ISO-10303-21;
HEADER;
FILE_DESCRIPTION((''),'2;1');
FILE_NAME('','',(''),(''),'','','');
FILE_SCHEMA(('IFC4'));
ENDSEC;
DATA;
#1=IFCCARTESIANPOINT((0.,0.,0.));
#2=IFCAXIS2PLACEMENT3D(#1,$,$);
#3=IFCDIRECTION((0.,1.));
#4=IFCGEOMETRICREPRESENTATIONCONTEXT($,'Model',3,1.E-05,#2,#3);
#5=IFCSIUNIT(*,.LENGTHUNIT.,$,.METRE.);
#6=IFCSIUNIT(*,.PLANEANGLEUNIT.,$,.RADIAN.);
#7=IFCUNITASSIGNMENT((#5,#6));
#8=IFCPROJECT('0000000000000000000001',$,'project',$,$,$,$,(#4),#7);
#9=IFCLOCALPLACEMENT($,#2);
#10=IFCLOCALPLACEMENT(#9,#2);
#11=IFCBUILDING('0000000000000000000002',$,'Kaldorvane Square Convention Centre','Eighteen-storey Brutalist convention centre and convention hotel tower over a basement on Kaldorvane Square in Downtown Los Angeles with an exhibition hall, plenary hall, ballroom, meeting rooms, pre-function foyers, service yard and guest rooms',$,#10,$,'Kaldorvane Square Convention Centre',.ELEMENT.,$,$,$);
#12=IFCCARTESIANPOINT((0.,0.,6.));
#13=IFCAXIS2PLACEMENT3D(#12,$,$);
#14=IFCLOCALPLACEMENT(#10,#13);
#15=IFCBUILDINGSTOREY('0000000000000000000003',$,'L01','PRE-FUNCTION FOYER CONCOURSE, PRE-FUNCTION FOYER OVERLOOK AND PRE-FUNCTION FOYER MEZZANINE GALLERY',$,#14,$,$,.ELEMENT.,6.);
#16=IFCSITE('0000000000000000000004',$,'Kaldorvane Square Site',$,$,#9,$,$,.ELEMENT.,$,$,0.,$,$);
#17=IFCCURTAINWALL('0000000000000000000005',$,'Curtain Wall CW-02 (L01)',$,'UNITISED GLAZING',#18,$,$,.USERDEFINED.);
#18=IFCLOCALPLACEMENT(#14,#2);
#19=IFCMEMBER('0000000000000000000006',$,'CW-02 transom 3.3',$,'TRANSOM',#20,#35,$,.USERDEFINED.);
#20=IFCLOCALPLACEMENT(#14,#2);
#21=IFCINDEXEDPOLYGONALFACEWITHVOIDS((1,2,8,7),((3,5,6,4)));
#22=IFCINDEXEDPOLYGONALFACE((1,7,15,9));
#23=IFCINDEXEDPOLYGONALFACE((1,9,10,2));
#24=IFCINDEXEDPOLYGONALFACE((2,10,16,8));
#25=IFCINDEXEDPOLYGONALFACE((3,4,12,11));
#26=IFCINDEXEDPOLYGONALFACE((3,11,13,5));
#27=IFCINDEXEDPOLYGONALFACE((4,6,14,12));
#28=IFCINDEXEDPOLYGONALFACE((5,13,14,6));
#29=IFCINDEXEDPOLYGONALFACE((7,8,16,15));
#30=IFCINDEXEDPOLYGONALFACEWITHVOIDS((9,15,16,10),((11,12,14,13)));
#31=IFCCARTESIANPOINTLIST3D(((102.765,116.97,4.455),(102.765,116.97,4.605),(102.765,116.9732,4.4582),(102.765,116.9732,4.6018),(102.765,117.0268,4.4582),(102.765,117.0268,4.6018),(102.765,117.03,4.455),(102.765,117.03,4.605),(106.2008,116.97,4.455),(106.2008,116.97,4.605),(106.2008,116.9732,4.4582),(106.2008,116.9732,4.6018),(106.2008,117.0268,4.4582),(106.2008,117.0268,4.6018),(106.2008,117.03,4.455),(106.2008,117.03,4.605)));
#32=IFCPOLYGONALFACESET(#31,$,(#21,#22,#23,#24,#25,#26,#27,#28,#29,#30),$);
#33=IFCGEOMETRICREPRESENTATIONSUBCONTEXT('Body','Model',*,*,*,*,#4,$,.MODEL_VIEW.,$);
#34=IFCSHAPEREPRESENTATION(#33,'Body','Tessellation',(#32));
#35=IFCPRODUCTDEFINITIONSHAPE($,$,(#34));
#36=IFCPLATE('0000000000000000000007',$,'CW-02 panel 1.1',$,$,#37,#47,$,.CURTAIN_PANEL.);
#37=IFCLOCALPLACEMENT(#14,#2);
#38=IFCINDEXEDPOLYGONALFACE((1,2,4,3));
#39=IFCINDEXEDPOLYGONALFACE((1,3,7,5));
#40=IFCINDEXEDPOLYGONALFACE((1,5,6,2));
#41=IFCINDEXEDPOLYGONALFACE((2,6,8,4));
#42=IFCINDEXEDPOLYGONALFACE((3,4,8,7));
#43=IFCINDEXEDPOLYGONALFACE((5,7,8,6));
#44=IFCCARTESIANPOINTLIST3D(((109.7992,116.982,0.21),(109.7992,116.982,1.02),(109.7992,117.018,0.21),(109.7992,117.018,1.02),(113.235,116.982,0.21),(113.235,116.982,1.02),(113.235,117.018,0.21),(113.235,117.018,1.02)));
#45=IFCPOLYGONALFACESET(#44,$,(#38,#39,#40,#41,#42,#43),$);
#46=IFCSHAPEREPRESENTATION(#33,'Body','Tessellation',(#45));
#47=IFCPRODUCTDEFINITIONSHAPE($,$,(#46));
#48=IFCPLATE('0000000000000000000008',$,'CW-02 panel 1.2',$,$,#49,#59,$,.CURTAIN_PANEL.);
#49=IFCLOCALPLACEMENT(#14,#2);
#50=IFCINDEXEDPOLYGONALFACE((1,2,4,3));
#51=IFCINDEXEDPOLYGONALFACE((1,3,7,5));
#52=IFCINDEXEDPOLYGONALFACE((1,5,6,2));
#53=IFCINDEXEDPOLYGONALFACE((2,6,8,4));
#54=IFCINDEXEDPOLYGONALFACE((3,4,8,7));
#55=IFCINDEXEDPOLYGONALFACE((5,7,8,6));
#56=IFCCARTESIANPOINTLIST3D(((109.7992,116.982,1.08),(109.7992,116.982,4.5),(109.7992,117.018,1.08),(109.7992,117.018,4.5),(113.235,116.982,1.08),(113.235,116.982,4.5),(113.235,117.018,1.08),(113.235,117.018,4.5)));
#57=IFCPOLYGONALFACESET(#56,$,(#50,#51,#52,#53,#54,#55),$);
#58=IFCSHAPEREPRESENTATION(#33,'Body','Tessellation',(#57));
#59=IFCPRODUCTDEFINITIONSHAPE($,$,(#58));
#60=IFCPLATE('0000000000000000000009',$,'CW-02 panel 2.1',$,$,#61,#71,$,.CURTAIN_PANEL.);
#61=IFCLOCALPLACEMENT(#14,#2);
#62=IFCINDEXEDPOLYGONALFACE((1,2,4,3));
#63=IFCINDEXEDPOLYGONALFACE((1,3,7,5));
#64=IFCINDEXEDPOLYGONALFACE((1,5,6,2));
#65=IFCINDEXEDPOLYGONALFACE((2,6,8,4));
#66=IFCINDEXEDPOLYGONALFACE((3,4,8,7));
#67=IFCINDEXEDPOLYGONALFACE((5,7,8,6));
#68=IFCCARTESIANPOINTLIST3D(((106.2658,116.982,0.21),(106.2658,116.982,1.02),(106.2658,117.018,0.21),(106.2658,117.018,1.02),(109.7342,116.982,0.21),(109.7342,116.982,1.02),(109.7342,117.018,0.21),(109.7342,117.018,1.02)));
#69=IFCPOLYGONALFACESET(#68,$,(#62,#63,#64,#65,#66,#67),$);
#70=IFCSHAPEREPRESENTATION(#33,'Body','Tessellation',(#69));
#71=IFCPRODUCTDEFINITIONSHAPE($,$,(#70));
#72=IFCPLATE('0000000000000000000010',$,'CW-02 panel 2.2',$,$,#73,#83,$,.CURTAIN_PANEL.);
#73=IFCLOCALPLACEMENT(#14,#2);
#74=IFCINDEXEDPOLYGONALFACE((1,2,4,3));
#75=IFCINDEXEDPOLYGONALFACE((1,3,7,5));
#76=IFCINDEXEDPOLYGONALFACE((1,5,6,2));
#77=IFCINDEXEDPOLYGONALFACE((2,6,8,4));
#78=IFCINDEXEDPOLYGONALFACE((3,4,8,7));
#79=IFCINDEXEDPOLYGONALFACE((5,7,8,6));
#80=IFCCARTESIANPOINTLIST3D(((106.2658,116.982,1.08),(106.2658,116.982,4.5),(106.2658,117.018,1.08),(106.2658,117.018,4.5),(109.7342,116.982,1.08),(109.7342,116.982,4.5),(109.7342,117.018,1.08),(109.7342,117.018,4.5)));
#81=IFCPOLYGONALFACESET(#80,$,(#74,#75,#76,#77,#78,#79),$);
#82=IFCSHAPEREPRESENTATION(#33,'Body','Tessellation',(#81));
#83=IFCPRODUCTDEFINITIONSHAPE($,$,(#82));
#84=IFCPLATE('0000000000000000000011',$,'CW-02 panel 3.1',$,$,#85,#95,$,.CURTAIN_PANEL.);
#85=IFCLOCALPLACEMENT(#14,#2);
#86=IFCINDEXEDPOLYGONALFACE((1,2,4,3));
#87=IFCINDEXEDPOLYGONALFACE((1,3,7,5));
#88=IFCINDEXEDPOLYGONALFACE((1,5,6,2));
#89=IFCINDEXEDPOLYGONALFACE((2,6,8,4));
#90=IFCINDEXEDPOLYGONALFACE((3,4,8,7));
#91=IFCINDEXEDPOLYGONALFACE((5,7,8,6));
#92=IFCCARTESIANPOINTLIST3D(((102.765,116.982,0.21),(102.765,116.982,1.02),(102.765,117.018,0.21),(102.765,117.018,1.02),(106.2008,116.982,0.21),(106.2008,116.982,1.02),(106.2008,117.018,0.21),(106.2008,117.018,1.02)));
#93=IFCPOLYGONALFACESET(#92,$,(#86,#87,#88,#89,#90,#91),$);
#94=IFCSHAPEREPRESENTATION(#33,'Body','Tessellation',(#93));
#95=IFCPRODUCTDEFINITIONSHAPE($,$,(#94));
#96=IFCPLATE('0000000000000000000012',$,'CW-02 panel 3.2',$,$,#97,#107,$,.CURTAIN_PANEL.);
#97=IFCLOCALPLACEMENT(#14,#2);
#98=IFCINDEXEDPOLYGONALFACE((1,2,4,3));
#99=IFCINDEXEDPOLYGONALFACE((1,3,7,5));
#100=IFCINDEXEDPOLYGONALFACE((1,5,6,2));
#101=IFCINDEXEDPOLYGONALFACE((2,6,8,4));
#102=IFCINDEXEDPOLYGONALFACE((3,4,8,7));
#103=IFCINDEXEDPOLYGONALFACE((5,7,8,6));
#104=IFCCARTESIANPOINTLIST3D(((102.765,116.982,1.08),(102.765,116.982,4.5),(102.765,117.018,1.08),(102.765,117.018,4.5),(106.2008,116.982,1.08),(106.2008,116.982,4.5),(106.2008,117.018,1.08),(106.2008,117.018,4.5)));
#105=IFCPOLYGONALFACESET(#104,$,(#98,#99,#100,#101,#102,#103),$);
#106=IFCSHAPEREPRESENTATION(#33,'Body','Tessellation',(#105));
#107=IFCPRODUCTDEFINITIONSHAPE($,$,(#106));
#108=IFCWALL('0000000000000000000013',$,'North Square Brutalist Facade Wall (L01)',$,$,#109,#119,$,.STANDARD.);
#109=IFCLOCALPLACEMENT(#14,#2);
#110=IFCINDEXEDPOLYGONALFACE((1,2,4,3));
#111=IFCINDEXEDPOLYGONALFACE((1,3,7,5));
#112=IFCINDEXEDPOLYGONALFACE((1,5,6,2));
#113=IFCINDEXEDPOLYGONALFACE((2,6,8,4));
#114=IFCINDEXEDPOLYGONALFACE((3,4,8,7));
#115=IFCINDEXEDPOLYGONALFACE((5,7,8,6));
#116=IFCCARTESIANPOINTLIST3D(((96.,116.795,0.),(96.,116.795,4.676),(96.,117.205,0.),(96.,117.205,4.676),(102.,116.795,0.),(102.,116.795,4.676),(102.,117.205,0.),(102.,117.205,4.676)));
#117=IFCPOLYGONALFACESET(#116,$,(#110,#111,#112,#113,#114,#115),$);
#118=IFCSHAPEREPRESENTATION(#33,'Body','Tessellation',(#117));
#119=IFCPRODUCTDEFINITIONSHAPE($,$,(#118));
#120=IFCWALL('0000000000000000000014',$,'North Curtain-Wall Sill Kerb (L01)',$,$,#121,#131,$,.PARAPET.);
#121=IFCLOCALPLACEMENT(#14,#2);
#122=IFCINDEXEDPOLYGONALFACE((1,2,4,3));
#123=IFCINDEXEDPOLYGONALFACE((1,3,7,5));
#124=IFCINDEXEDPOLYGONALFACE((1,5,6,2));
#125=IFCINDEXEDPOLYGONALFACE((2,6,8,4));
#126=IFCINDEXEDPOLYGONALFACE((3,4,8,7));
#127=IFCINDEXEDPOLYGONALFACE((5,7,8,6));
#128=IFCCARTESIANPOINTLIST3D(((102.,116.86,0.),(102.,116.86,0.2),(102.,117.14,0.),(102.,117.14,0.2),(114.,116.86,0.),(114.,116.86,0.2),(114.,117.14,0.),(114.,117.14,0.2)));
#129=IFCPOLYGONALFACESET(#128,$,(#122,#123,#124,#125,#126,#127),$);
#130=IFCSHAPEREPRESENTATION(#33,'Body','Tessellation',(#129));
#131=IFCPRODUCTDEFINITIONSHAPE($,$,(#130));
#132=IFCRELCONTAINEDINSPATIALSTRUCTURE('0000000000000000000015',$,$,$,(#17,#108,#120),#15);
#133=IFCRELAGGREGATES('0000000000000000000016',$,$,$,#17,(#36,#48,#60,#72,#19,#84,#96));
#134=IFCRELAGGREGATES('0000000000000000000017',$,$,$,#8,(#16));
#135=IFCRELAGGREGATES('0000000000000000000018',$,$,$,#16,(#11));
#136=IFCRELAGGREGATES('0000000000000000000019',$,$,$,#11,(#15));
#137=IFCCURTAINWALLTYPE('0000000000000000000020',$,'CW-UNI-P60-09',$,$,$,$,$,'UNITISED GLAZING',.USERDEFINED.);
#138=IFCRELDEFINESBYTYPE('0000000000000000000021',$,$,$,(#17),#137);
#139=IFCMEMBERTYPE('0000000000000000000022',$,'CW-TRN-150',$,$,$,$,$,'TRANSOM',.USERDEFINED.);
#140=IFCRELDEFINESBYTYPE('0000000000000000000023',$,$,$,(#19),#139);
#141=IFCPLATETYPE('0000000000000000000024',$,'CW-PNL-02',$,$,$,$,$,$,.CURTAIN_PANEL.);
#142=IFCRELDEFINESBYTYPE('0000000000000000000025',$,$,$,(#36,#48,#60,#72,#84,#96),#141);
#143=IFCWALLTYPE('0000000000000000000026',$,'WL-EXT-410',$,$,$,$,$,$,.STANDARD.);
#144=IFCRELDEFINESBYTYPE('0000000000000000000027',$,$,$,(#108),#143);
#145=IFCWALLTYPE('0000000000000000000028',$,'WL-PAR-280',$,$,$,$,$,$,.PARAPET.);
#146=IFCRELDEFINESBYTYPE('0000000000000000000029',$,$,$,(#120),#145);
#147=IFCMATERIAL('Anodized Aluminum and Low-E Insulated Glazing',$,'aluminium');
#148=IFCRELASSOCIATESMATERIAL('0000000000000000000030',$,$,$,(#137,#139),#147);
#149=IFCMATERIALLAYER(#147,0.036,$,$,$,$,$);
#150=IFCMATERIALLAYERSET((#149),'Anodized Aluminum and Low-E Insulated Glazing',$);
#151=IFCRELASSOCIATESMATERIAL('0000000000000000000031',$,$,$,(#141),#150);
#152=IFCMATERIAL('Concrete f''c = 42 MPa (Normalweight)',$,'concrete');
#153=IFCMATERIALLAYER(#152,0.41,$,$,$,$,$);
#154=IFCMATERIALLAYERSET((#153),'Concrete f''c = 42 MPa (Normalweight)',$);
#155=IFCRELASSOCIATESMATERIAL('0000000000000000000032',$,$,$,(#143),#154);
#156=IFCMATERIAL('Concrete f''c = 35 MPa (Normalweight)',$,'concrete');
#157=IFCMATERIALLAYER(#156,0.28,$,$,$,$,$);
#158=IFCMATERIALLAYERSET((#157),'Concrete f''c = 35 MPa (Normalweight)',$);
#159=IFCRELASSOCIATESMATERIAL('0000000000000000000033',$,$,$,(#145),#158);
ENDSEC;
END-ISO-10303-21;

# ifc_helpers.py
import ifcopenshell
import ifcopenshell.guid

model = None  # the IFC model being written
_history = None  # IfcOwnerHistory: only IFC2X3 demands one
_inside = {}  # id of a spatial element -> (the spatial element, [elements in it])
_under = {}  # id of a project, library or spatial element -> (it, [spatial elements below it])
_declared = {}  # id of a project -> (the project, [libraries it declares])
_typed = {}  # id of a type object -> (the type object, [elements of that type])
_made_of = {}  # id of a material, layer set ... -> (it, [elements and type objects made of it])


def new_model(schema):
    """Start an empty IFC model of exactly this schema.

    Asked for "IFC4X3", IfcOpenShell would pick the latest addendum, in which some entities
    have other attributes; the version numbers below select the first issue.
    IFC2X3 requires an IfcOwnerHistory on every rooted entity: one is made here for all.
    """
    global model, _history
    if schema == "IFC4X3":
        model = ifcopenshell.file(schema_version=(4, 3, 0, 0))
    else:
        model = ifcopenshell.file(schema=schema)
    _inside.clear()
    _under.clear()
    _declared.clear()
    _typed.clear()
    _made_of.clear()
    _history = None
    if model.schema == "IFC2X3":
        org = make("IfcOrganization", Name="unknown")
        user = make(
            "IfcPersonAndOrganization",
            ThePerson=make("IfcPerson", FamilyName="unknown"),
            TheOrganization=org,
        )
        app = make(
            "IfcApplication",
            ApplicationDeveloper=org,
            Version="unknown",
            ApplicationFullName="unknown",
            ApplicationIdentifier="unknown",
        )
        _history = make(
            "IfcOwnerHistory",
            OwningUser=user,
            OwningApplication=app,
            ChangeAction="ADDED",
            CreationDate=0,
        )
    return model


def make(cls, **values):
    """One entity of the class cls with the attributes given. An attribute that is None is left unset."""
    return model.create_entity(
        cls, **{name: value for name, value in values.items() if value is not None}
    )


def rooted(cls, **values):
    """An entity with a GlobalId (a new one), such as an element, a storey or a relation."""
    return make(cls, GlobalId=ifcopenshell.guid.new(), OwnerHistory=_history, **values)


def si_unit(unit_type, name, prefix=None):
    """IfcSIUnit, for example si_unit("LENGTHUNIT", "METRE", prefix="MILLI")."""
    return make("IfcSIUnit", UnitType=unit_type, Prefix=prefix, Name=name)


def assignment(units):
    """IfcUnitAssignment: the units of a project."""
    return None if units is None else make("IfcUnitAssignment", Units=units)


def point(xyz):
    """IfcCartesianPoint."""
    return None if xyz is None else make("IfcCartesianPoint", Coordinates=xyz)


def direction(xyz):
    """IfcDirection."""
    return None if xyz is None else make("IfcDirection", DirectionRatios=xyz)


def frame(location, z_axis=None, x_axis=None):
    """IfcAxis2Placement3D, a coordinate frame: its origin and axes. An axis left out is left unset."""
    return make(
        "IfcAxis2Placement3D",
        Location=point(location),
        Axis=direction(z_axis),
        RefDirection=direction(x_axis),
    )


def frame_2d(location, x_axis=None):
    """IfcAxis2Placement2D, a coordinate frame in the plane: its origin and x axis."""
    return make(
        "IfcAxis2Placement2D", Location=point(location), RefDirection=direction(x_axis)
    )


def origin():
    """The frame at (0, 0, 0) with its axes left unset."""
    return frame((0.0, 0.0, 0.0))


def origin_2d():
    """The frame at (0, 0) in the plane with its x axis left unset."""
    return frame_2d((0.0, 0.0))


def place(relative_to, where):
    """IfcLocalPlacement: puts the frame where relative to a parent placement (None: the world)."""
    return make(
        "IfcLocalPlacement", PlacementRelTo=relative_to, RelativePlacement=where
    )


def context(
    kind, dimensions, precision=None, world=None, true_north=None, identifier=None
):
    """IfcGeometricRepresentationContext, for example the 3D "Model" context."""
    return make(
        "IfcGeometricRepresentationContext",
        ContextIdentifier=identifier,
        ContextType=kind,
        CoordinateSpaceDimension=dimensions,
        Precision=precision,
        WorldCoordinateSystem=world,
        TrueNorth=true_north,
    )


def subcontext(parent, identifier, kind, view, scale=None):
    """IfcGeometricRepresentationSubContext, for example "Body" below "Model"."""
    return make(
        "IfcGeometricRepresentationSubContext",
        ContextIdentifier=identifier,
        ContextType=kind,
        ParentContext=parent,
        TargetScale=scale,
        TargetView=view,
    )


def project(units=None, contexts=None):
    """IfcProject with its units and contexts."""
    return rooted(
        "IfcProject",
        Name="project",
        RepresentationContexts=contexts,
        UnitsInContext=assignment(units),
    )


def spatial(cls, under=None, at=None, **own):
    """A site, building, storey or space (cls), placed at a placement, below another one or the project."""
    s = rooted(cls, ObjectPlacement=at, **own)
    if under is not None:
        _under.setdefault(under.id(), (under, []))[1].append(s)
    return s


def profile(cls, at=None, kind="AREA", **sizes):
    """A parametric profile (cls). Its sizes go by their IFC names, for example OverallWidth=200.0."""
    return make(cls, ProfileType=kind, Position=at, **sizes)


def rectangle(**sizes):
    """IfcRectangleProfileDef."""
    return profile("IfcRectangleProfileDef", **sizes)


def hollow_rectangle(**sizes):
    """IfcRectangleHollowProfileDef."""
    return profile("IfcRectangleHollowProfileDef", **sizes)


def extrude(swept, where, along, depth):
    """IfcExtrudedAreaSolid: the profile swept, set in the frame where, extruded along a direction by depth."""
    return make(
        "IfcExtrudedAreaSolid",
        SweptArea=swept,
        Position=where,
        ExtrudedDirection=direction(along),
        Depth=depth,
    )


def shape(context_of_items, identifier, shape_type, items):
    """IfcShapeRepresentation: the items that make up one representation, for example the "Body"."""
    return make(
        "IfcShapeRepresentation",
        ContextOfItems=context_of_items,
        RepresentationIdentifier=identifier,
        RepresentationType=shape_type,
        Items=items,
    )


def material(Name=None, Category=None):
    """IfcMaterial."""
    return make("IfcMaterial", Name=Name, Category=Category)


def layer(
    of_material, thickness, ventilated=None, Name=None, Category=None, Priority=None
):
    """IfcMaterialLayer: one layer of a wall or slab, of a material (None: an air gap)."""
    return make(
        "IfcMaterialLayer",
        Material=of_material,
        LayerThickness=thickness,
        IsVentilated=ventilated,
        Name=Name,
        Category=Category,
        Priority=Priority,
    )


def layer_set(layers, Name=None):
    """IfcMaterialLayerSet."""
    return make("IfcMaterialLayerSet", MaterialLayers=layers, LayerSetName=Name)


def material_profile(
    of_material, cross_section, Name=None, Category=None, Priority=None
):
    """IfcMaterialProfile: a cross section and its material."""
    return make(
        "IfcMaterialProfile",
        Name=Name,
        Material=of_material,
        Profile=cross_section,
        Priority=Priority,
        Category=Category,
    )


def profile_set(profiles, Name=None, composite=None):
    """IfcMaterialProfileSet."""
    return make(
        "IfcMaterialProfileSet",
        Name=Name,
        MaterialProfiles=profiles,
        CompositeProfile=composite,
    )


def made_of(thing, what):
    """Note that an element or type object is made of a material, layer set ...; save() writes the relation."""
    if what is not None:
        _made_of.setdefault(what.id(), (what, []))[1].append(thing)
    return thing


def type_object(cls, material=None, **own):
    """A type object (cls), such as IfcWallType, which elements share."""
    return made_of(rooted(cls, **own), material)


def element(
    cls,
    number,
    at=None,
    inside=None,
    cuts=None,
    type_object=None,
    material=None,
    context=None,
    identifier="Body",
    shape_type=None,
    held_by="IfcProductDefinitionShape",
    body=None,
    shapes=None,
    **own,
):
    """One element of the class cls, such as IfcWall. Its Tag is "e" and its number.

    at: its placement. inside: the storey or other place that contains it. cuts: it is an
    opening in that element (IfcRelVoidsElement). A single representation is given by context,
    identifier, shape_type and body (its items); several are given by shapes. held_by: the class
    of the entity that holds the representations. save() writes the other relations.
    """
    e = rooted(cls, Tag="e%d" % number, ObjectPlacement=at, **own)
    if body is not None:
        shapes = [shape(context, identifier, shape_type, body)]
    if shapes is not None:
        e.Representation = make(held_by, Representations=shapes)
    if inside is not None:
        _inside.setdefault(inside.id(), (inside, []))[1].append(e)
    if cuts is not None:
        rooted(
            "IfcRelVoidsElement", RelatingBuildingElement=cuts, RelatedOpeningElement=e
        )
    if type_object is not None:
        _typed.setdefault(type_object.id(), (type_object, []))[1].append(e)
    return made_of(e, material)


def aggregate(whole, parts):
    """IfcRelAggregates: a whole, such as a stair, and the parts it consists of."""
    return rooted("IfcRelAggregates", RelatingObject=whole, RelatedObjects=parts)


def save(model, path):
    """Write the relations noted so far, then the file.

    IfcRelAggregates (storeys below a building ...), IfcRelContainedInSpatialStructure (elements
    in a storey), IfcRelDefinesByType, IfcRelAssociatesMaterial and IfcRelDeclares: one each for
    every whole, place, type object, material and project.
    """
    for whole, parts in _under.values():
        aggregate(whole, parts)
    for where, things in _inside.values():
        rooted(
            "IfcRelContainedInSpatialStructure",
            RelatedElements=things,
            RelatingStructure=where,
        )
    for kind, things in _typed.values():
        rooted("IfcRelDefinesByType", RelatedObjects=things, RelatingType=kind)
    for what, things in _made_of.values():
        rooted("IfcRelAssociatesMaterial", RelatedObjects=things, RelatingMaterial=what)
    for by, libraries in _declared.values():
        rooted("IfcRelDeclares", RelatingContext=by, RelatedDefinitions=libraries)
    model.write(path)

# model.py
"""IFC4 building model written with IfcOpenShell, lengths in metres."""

from ifc_helpers import new_model, si_unit, direction, frame, frame_2d, origin, origin_2d, place, context, subcontext, project, spatial, rectangle, hollow_rectangle, extrude, material, layer, layer_set, material_profile, profile_set, type_object, element, aggregate, save


model = new_model("IFC4")

# Units and contexts
model_context = context("Model", 3, precision=1e-05, world=origin(), true_north=direction((0.0, 1.0)))
body_context = subcontext(model_context, "Body", "Model", "MODEL_VIEW")
ifc_project = project(units=[si_unit("LENGTHUNIT", "METRE"), si_unit("PLANEANGLEUNIT", "RADIAN")], contexts=[model_context])

# Site, building, storey
site_placement = place(None, origin())
site = spatial("IfcSite", under=ifc_project, at=site_placement, Name="Kaldorvane Square Site", CompositionType="ELEMENT", RefElevation=0.0)
building_placement = place(site_placement, origin())
building = spatial("IfcBuilding", under=site, at=building_placement, Name="Kaldorvane Square Convention Centre", Description="Eighteen-storey Brutalist convention centre and convention hotel tower over a basement on Kaldorvane Square in Downtown Los Angeles with an exhibition hall, plenary hall, ballroom, meeting rooms, pre-function foyers, service yard and guest rooms", LongName="Kaldorvane Square Convention Centre", CompositionType="ELEMENT")
storey_placement = place(building_placement, frame((0.0, 0.0, 6.0)))
storey = spatial("IfcBuildingStorey", under=building, at=storey_placement, Name="L01", Description="PRE-FUNCTION FOYER CONCOURSE, PRE-FUNCTION FOYER OVERLOOK AND PRE-FUNCTION FOYER MEZZANINE GALLERY", CompositionType="ELEMENT", Elevation=6.0)

# Shared definitions
ifc_material_1 = material(Name="Concrete f'c = 42 MPa (Normalweight)", Category="concrete")

# Curtain wall, member, plates
ifc_material_2 = material(Name="Anodized Aluminum and Low-E Insulated Glazing", Category="aluminium")
curtain_wall_type = type_object("IfcCurtainWallType", Name="CW-UNI-P60-09", ElementType="UNITISED GLAZING", PredefinedType="USERDEFINED", material=ifc_material_2)
curtain_wall_placement = place(storey_placement, origin())
curtain_wall = element("IfcCurtainWall", 1, at=curtain_wall_placement, inside=storey, type_object=curtain_wall_type, Name="Curtain Wall CW-02 (L01)", ObjectType="UNITISED GLAZING", PredefinedType="USERDEFINED")
ifc_material_profile_1 = material_profile(ifc_material_2, hollow_rectangle(XDim=0.06, YDim=0.15, WallThickness=0.0032, at=origin_2d()), Name="CWT-150X60")
ifc_profile_set_1 = profile_set([ifc_material_profile_1], Name="Anodized Aluminum and Low-E Insulated Glazing")
member_type_1 = type_object("IfcMemberType", Name="CW-TRN-150", ElementType="TRANSOM", PredefinedType="USERDEFINED", material=ifc_profile_set_1)
member_1_placement = place(storey_placement, frame((106.2008, 117.0, 4.53), z_axis=(-1.0, 0.0, 0.0), x_axis=(0.0, -1.0, 0.0)))
member_1 = element("IfcMember", 2, at=member_1_placement, type_object=member_type_1, Name="CW-02 transom 3.3", ObjectType="TRANSOM", PredefinedType="USERDEFINED", context=body_context, shape_type="SweptSolid", body=[
    extrude(hollow_rectangle(XDim=0.06, YDim=0.15, WallThickness=0.0032, at=origin_2d()), origin(), (0.0, 0.0, 1.0), 3.4358),
])
ifc_layer_1 = layer(ifc_material_2, 0.036)
ifc_layer_set_1 = layer_set([ifc_layer_1], Name="Anodized Aluminum and Low-E Insulated Glazing")
plate_type = type_object("IfcPlateType", Name="CW-PNL-02", PredefinedType="CURTAIN_PANEL", material=ifc_layer_set_1)
plate_1_placement = place(storey_placement, frame((111.5171, 117.0, 0.21), z_axis=(0.0, 0.0, 1.0), x_axis=(-1.0, 0.0, 0.0)))
plate_1 = element("IfcPlate", 3, at=plate_1_placement, type_object=plate_type, Name="CW-02 panel 1.1", PredefinedType="CURTAIN_PANEL", context=body_context, shape_type="SweptSolid", body=[
    extrude(rectangle(XDim=3.4358, YDim=0.036, at=origin_2d()), origin(), (0.0, 0.0, 1.0), 0.81),
])
plate_2_placement = place(storey_placement, frame((111.5171, 117.0, 1.08), z_axis=(0.0, 0.0, 1.0), x_axis=(-1.0, 0.0, 0.0)))
plate_2 = element("IfcPlate", 4, at=plate_2_placement, type_object=plate_type, Name="CW-02 panel 1.2", PredefinedType="CURTAIN_PANEL", context=body_context, shape_type="SweptSolid", body=[
    extrude(rectangle(XDim=3.4358, YDim=0.036, at=origin_2d()), origin(), (0.0, 0.0, 1.0), 3.42),
])
plate_3_placement = place(storey_placement, frame((108.0, 117.0, 0.21), z_axis=(0.0, 0.0, 1.0), x_axis=(-1.0, 0.0, 0.0)))
plate_3 = element("IfcPlate", 5, at=plate_3_placement, type_object=plate_type, Name="CW-02 panel 2.1", PredefinedType="CURTAIN_PANEL", context=body_context, shape_type="SweptSolid", body=[
    extrude(rectangle(XDim=3.4683, YDim=0.036, at=origin_2d()), origin(), (0.0, 0.0, 1.0), 0.81),
])
plate_4_placement = place(storey_placement, frame((108.0, 117.0, 1.08), z_axis=(0.0, 0.0, 1.0), x_axis=(-1.0, 0.0, 0.0)))
plate_4 = element("IfcPlate", 6, at=plate_4_placement, type_object=plate_type, Name="CW-02 panel 2.2", PredefinedType="CURTAIN_PANEL", context=body_context, shape_type="SweptSolid", body=[
    extrude(rectangle(XDim=3.4683, YDim=0.036, at=origin_2d()), origin(), (0.0, 0.0, 1.0), 3.42),
])
plate_5_placement = place(storey_placement, frame((104.4829, 117.0, 0.21), z_axis=(0.0, 0.0, 1.0), x_axis=(-1.0, 0.0, 0.0)))
plate_5 = element("IfcPlate", 7, at=plate_5_placement, type_object=plate_type, Name="CW-02 panel 3.1", PredefinedType="CURTAIN_PANEL", context=body_context, shape_type="SweptSolid", body=[
    extrude(rectangle(XDim=3.4358, YDim=0.036, at=origin_2d()), origin(), (0.0, 0.0, 1.0), 0.81),
])
plate_6_placement = place(storey_placement, frame((104.4829, 117.0, 1.08), z_axis=(0.0, 0.0, 1.0), x_axis=(-1.0, 0.0, 0.0)))
plate_6 = element("IfcPlate", 8, at=plate_6_placement, type_object=plate_type, Name="CW-02 panel 3.2", PredefinedType="CURTAIN_PANEL", context=body_context, shape_type="SweptSolid", body=[
    extrude(rectangle(XDim=3.4358, YDim=0.036, at=origin_2d()), origin(), (0.0, 0.0, 1.0), 3.42),
])
aggregate(curtain_wall, [plate_1, plate_2, plate_3, plate_4, member_1, plate_5, plate_6])

# Walls
ifc_layer_2 = layer(ifc_material_1, 0.41)
ifc_layer_set_2 = layer_set([ifc_layer_2], Name="Concrete f'c = 42 MPa (Normalweight)")
wall_type_1 = type_object("IfcWallType", Name="WL-EXT-410", PredefinedType="STANDARD", material=ifc_layer_set_2)
wall_1_placement = place(storey_placement, frame((102.0, 117.0, 0.0), z_axis=(0.0, 0.0, 1.0), x_axis=(-1.0, 0.0, 0.0)))
element("IfcWall", 9, at=wall_1_placement, inside=storey, type_object=wall_type_1, Name="North Square Brutalist Facade Wall (L01)", PredefinedType="STANDARD", context=body_context, shape_type="SweptSolid", body=[
    extrude(rectangle(XDim=6.0, YDim=0.41, at=frame_2d((3.0, 0.0))), origin(), (0.0, 0.0, 1.0), 4.676),
])
ifc_material_3 = material(Name="Concrete f'c = 35 MPa (Normalweight)", Category="concrete")
ifc_layer_3 = layer(ifc_material_3, 0.28)
ifc_layer_set_3 = layer_set([ifc_layer_3], Name="Concrete f'c = 35 MPa (Normalweight)")
wall_type_2 = type_object("IfcWallType", Name="WL-PAR-280", PredefinedType="PARAPET", material=ifc_layer_set_3)
wall_2_placement = place(storey_placement, frame((114.0, 117.0, 0.0), z_axis=(0.0, 0.0, 1.0), x_axis=(-1.0, 0.0, 0.0)))
element("IfcWall", 10, at=wall_2_placement, inside=storey, type_object=wall_type_2, Name="North Curtain-Wall Sill Kerb (L01)", PredefinedType="PARAPET", context=body_context, shape_type="SweptSolid", body=[
    extrude(rectangle(XDim=12.0, YDim=0.28, at=frame_2d((6.0, 0.0))), origin(), (0.0, 0.0, 1.0), 0.2),
])

save(model, "model.ifc")
